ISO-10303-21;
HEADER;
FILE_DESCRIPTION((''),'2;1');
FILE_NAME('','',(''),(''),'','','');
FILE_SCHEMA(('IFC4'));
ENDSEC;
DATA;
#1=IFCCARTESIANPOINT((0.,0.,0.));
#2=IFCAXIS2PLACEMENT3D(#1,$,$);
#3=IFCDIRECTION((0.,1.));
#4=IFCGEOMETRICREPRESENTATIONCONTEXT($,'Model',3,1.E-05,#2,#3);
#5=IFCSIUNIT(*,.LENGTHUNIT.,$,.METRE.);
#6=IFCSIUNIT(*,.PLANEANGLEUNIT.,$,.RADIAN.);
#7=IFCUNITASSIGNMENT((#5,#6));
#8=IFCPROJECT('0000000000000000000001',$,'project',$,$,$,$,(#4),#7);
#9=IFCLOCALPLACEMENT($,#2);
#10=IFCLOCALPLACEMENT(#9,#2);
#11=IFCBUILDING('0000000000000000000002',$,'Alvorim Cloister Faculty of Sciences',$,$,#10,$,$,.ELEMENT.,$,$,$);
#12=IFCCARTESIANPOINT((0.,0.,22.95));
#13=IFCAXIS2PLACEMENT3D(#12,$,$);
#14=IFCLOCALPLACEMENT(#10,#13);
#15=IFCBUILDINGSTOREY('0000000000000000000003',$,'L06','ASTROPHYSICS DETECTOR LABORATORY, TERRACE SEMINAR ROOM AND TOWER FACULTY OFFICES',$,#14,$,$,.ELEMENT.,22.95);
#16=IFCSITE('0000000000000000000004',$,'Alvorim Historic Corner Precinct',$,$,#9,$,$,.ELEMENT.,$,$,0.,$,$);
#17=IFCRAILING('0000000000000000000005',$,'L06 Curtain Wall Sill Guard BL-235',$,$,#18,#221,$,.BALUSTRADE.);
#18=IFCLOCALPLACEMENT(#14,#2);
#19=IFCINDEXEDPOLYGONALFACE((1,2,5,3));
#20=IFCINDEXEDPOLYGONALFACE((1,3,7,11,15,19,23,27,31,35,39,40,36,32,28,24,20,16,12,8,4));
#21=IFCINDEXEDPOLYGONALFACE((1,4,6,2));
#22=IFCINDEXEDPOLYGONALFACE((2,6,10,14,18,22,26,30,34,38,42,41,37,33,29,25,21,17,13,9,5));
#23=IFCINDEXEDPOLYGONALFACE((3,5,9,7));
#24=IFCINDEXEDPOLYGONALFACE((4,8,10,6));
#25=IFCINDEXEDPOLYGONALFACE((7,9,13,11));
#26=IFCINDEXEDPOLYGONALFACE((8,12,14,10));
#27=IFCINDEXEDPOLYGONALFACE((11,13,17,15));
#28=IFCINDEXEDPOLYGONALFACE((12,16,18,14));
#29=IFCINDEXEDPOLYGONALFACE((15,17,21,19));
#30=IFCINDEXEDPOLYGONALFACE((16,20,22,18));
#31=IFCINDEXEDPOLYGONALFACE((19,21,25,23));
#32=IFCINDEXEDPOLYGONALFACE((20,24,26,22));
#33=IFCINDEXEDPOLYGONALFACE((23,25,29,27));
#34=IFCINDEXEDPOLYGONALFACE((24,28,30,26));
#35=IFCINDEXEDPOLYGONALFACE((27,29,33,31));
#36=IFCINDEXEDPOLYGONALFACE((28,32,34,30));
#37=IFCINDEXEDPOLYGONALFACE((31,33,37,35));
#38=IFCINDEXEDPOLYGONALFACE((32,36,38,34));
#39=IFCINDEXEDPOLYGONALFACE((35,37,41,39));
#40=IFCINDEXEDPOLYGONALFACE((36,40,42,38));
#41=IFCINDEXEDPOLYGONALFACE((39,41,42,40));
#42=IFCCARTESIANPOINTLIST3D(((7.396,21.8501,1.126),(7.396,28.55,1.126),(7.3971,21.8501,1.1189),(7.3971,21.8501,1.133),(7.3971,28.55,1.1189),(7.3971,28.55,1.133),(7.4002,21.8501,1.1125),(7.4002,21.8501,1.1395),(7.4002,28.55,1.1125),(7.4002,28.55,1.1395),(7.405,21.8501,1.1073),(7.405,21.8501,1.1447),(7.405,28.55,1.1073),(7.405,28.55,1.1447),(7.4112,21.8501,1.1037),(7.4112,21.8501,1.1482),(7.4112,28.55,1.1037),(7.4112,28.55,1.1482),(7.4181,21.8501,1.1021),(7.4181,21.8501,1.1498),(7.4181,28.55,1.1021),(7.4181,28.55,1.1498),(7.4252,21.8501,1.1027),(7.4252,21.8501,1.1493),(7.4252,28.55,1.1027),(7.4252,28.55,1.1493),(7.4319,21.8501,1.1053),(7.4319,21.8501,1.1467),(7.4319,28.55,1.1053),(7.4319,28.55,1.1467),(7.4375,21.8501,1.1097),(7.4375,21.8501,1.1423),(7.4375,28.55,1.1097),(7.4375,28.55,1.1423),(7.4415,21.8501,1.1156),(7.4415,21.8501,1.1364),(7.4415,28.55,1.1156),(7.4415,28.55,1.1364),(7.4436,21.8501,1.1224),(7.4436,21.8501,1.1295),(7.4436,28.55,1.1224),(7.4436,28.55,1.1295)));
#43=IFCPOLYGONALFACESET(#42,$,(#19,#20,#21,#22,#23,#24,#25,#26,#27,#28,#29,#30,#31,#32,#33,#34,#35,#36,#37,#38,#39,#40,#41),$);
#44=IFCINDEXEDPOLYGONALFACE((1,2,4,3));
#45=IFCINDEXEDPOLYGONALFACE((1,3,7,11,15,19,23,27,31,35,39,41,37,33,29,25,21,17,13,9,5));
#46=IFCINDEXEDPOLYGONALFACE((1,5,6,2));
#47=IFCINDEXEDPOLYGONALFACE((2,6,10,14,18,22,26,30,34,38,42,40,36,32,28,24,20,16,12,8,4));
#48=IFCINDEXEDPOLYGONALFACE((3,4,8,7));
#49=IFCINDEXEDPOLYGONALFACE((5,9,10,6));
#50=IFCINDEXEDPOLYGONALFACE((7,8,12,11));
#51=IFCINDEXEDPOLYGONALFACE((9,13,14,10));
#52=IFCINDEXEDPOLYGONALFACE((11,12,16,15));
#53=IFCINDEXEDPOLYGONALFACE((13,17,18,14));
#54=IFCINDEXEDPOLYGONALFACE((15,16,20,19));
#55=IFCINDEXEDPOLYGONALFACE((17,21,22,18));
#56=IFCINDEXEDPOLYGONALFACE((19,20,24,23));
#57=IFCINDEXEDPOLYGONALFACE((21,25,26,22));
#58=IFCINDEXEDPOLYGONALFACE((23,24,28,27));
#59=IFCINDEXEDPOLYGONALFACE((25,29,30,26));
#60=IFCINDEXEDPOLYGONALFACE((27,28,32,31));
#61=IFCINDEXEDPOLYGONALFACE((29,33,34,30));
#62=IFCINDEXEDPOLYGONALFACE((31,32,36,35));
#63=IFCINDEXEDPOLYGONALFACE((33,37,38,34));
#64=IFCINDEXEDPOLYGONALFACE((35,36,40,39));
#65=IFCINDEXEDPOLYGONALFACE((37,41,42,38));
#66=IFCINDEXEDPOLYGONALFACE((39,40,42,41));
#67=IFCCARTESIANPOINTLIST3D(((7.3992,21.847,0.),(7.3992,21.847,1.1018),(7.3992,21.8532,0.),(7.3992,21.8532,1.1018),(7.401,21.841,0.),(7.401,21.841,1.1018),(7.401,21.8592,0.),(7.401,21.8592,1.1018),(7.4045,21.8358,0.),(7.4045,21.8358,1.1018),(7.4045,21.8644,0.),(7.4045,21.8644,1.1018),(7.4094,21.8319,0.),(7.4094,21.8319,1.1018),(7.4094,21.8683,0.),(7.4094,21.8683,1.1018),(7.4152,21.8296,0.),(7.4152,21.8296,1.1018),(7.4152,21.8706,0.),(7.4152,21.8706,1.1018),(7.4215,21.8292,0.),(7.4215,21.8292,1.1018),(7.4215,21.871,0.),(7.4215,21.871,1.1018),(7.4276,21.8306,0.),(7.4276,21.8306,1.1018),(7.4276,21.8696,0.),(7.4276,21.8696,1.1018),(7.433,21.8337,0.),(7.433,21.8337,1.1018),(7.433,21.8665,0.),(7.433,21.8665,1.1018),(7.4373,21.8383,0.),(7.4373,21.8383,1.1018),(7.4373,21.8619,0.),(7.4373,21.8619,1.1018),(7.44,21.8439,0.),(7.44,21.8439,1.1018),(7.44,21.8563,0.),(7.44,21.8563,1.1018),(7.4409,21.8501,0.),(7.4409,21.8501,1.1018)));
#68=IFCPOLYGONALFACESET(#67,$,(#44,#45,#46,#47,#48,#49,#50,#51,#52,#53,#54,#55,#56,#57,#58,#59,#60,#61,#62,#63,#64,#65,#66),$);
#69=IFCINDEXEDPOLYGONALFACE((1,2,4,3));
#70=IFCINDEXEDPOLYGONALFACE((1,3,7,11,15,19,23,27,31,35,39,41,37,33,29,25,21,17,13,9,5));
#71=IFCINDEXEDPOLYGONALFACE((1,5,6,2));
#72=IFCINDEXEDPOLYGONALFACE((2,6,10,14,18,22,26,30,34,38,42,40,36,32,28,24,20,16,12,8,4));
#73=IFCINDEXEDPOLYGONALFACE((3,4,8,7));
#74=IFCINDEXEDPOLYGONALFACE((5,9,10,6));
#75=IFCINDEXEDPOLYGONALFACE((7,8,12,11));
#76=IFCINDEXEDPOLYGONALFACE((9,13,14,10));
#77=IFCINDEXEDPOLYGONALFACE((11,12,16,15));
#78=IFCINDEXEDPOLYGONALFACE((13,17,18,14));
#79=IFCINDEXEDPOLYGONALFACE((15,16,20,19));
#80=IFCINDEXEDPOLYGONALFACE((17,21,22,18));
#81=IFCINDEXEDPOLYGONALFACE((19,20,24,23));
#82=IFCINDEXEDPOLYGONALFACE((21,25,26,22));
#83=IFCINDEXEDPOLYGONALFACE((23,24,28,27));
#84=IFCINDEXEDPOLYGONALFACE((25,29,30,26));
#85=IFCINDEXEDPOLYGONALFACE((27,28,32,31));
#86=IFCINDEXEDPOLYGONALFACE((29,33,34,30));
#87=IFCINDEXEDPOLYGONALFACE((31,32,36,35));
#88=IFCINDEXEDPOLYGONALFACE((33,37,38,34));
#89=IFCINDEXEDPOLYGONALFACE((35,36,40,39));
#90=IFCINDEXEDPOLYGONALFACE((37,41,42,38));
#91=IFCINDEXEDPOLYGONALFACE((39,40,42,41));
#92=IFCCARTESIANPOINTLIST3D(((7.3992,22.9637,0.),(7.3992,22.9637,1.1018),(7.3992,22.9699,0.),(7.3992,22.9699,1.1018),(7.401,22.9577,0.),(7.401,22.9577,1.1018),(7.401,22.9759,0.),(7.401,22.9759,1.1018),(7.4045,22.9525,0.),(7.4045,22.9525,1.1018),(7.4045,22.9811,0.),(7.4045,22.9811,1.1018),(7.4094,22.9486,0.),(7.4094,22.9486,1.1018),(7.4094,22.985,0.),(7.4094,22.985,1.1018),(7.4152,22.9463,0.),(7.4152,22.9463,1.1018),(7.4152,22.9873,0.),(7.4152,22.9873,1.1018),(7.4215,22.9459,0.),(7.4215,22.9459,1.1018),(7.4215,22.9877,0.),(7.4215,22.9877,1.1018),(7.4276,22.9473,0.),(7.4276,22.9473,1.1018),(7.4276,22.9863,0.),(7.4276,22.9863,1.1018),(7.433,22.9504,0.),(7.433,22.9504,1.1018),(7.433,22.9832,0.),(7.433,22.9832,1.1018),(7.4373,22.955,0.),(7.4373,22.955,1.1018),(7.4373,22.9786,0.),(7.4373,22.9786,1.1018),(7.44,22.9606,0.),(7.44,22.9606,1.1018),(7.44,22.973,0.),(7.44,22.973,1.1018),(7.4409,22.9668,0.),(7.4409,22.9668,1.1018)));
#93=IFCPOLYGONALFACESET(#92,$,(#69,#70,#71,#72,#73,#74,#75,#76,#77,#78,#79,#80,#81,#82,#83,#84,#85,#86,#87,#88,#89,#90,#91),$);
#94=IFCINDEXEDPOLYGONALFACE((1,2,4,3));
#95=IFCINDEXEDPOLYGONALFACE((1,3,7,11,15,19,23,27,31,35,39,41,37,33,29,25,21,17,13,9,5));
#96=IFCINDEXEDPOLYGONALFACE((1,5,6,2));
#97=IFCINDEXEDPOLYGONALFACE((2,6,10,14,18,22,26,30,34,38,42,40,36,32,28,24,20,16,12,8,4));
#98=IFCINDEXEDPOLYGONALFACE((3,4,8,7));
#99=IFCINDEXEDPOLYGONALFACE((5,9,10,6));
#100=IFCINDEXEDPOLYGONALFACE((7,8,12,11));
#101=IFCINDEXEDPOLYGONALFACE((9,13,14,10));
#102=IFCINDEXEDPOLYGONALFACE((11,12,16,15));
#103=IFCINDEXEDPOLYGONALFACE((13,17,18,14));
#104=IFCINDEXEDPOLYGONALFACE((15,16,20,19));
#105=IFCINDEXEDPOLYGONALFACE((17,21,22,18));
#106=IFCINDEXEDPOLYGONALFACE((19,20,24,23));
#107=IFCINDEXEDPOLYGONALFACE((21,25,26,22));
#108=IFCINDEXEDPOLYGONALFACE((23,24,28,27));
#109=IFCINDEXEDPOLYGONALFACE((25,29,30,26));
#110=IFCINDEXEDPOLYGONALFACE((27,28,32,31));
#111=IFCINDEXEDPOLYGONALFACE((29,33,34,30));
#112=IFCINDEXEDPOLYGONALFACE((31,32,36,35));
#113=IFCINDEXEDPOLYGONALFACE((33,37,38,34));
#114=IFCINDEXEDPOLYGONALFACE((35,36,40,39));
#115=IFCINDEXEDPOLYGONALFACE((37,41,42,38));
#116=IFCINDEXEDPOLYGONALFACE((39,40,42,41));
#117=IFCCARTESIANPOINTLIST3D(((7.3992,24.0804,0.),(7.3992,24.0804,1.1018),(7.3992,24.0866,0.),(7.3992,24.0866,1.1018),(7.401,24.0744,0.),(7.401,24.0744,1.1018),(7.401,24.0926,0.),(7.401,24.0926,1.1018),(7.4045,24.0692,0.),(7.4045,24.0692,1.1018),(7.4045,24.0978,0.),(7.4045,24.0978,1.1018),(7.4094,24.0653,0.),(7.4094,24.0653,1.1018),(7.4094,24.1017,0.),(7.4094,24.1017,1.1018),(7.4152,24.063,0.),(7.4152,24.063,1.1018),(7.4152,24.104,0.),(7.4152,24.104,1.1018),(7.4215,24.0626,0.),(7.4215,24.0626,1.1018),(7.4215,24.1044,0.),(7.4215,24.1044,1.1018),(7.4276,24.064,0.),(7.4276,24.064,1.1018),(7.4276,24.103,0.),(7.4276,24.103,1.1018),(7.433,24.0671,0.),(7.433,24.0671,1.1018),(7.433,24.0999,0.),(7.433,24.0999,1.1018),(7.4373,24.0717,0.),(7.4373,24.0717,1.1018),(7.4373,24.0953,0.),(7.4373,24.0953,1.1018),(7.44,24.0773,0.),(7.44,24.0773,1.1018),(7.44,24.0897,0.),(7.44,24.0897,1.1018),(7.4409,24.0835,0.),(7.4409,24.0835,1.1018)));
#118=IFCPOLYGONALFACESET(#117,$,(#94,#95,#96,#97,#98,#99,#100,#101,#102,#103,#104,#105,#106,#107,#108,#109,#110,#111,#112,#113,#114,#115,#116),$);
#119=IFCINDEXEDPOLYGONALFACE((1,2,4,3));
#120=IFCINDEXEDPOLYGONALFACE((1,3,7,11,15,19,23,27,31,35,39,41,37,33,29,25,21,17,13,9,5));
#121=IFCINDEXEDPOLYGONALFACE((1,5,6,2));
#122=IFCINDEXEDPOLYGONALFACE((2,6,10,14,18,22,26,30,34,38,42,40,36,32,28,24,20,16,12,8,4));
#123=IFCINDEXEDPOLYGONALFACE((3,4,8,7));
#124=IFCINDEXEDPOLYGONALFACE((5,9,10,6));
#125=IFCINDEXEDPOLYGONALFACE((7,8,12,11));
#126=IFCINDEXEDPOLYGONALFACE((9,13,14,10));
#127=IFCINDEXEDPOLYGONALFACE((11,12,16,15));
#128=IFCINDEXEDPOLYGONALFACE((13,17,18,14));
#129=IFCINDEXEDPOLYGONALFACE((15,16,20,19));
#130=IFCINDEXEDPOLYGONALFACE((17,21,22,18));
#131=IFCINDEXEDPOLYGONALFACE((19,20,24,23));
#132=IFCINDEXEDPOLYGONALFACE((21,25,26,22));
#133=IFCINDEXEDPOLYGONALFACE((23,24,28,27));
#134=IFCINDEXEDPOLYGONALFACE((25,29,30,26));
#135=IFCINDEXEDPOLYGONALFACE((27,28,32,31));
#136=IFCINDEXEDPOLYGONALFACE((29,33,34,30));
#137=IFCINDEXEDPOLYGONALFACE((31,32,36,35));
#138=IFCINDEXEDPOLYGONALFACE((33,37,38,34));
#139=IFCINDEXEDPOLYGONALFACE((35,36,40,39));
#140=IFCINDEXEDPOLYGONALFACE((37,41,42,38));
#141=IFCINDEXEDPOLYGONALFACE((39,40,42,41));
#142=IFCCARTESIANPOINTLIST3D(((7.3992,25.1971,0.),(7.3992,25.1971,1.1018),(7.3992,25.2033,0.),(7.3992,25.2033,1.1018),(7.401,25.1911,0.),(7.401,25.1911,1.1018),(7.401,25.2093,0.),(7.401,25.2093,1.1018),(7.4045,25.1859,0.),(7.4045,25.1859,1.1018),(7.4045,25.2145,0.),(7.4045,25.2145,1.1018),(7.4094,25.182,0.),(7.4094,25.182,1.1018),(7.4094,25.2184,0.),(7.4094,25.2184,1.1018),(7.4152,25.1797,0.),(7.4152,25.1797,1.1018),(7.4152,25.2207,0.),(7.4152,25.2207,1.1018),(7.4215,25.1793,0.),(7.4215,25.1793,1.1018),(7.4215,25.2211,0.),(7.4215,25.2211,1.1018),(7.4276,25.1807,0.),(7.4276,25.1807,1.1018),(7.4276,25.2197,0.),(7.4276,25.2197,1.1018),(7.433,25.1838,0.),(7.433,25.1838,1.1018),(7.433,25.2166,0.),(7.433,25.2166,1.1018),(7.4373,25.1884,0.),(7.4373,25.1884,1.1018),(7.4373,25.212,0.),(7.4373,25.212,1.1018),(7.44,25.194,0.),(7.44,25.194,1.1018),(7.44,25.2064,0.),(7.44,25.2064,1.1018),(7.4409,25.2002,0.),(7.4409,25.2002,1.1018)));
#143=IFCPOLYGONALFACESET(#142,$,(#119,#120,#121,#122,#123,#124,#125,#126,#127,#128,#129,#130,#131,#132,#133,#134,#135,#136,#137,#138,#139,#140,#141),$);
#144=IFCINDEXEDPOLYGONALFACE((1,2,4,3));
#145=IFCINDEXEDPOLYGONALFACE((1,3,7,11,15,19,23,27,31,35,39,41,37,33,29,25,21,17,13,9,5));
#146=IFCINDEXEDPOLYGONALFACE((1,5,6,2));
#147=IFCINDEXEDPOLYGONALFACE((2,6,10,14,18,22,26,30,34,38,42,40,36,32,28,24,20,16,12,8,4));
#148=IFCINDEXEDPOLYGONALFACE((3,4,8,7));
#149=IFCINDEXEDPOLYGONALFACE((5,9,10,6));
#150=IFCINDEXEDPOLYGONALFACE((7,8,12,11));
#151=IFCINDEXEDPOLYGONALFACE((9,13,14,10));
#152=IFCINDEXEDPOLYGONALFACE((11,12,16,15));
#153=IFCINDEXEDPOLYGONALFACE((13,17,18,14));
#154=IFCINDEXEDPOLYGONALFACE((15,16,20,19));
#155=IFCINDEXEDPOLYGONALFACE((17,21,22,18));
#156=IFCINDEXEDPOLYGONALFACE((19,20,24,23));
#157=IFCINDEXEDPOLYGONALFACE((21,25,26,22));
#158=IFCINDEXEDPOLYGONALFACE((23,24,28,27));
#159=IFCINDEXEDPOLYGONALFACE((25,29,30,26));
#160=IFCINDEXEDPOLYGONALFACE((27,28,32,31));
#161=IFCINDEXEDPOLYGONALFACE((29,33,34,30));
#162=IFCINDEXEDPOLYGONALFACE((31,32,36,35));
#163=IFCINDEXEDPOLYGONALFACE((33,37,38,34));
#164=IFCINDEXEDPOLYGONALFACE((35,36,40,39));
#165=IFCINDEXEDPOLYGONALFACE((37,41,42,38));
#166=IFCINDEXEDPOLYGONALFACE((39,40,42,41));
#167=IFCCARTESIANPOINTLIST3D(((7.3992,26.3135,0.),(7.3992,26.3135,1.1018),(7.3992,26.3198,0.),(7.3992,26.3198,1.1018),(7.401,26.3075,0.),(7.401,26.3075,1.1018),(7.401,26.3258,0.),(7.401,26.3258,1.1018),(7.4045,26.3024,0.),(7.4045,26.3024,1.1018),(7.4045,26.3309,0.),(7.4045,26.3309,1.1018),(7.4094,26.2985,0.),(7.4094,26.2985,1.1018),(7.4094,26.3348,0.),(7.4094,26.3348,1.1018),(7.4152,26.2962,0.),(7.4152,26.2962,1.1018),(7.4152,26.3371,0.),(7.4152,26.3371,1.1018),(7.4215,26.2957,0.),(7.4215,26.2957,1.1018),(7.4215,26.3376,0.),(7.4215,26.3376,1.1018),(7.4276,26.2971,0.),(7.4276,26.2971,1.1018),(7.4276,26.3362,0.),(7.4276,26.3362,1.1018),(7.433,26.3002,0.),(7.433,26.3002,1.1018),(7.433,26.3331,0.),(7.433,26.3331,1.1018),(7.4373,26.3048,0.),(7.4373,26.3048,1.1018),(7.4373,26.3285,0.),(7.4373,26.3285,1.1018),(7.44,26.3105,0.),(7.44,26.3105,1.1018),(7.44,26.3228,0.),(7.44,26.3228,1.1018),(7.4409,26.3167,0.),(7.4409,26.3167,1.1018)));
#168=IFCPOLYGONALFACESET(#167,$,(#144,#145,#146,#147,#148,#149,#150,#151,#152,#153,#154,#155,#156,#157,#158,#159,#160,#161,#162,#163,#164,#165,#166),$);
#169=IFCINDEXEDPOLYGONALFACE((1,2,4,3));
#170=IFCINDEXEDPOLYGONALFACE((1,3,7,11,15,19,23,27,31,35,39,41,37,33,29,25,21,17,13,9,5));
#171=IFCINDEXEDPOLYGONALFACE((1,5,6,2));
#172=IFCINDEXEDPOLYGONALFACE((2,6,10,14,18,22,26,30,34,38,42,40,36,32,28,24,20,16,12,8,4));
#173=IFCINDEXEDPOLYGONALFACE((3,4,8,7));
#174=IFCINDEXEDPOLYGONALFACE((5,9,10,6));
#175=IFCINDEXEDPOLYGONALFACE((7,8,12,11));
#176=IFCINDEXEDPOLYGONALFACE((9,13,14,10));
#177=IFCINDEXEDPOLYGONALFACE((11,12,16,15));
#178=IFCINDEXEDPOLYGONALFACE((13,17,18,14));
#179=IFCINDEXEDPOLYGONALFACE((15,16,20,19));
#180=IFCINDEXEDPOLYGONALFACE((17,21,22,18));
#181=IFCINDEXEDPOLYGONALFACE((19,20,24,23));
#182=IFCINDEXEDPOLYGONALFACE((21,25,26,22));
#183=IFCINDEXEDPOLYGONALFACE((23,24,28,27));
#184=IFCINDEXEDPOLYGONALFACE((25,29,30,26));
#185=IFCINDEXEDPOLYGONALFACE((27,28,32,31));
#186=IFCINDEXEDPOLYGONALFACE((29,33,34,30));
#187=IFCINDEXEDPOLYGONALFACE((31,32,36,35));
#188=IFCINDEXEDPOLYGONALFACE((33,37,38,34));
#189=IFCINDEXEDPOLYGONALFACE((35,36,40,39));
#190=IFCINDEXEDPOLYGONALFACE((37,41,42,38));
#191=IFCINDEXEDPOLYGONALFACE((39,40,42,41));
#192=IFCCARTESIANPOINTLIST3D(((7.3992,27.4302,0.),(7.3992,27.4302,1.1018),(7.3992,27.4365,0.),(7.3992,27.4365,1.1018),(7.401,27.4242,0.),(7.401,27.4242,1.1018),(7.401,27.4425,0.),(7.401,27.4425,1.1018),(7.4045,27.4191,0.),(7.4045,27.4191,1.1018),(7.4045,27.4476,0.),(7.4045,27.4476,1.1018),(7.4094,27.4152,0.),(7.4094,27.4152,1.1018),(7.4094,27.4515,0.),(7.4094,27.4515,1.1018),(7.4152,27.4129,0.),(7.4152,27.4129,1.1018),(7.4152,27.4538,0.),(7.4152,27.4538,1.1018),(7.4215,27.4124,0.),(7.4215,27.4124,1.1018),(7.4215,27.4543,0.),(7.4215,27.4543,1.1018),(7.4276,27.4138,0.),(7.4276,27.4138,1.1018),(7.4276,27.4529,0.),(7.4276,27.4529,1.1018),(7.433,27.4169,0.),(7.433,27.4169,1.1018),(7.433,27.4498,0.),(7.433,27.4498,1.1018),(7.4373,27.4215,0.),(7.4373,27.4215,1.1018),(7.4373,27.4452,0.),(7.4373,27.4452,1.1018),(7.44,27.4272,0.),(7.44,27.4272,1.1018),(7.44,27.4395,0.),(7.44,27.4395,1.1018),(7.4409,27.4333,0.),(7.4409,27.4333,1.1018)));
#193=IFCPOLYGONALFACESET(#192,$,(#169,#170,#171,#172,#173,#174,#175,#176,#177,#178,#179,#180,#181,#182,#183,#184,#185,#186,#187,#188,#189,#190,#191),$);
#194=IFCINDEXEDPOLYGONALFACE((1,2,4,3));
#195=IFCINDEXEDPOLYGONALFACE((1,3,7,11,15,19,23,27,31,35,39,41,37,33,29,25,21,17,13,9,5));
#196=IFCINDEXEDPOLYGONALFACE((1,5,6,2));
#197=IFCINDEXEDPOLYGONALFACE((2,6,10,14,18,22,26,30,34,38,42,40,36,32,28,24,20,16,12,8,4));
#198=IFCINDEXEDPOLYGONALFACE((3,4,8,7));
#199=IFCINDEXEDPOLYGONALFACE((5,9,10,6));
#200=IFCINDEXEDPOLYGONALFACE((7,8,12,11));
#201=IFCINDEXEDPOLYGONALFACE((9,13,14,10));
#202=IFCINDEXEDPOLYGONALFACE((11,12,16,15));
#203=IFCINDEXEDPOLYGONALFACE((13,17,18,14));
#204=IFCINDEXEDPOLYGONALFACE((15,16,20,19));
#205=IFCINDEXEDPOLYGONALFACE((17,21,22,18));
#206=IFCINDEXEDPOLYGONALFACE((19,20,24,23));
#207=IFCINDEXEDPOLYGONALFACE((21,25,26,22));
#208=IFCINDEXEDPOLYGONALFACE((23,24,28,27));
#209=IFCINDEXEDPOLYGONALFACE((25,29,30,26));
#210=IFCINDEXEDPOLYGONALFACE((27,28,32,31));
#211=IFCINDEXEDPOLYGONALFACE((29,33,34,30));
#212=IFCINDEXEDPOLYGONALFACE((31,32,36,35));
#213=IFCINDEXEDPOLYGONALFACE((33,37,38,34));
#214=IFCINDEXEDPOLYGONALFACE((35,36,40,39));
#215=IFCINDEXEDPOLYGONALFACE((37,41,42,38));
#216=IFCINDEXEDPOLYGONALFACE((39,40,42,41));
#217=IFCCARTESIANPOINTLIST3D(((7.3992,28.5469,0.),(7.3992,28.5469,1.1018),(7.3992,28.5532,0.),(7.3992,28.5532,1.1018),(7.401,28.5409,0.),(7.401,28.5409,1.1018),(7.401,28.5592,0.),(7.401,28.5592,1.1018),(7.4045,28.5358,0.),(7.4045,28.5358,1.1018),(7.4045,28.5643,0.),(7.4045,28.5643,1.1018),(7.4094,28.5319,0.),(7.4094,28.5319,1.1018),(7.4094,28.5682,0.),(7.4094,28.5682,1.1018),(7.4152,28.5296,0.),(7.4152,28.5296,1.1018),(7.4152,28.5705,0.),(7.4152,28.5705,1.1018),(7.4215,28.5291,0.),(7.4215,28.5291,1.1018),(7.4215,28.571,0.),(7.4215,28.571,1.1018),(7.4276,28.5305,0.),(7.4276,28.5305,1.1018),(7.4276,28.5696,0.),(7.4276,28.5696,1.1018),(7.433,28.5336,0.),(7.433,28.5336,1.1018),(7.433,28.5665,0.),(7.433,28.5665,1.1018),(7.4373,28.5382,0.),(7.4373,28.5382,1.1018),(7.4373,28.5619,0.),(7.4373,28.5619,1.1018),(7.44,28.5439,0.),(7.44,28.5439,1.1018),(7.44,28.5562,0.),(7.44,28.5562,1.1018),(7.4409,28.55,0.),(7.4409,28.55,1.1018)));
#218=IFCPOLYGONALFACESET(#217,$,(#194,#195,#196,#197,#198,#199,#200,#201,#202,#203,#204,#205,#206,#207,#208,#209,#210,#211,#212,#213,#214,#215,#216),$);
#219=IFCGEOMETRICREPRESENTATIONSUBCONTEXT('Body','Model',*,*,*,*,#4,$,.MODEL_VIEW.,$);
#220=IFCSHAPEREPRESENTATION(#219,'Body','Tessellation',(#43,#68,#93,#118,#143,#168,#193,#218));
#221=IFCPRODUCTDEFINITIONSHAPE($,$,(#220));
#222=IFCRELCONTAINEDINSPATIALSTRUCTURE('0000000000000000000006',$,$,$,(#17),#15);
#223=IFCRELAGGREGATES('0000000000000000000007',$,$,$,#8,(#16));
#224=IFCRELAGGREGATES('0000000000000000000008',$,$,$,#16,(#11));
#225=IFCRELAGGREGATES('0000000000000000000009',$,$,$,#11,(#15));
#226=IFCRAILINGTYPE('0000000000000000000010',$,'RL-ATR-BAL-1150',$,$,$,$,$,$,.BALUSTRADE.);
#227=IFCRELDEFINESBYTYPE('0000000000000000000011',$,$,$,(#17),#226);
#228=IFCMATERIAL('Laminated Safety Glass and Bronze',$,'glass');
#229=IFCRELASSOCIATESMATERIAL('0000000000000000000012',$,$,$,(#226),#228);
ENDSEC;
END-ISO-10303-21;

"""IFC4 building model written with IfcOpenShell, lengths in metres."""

from ifc_helpers import new_model, si_unit, direction, frame, origin, origin_2d, place, context, subcontext, project, spatial, circle, extrude, material, type_object, element, save


model = new_model("IFC4")

# Units and contexts
model_context = context("Model", 3, precision=1e-05, world=origin(), true_north=direction((0.0, 1.0)))
body_context = subcontext(model_context, "Body", "Model", "MODEL_VIEW")
ifc_project = project(units=[si_unit("LENGTHUNIT", "METRE"), si_unit("PLANEANGLEUNIT", "RADIAN")], contexts=[model_context])

# Site, building, storey
site_placement = place(None, origin())
site = spatial("IfcSite", under=ifc_project, at=site_placement, Name="Alvorim Historic Corner Precinct", CompositionType="ELEMENT", RefElevation=0.0)
building_placement = place(site_placement, origin())
building = spatial("IfcBuilding", under=site, at=building_placement, Name="Alvorim Cloister Faculty of Sciences", CompositionType="ELEMENT")
storey_placement = place(building_placement, frame((0.0, 0.0, 22.95)))
storey = spatial("IfcBuildingStorey", under=building, at=storey_placement, Name="L06", Description="ASTROPHYSICS DETECTOR LABORATORY, TERRACE SEMINAR ROOM AND TOWER FACULTY OFFICES", CompositionType="ELEMENT", Elevation=22.95)

# Railing
ifc_material_1 = material(Name="Laminated Safety Glass and Bronze", Category="glass")
railing_type = type_object("IfcRailingType", Name="RL-ATR-BAL-1150", PredefinedType="BALUSTRADE", material=ifc_material_1)
railing_placement = place(storey_placement, frame((7.4199, 21.8501, 0.0)))
element("IfcRailing", 1, at=railing_placement, inside=storey, type_object=railing_type, Name="L06 Curtain Wall Sill Guard BL-235", PredefinedType="BALUSTRADE", context=body_context, shape_type="SweptSolid", body=[
    extrude(circle(Radius=0.0239, at=origin_2d()), frame((0.0, 0.0, 1.126), z_axis=(0.0, 1.0, 0.0), x_axis=(-1.0, 0.0, 0.0)), (0.0, 0.0, 1.0), 6.7),
    extrude(circle(Radius=0.021, at=origin_2d()), origin(), (0.0, 0.0, 1.0), 1.1018),
    extrude(circle(Radius=0.021, at=origin_2d()), frame((0.0, 1.1167, 0.0)), (0.0, 0.0, 1.0), 1.1018),
    extrude(circle(Radius=0.021, at=origin_2d()), frame((0.0, 2.2334, 0.0)), (0.0, 0.0, 1.0), 1.1018),
    extrude(circle(Radius=0.021, at=origin_2d()), frame((0.0, 3.3501, 0.0)), (0.0, 0.0, 1.0), 1.1018),
    extrude(circle(Radius=0.021, at=origin_2d()), frame((0.0, 4.4666, 0.0)), (0.0, 0.0, 1.0), 1.1018),
    extrude(circle(Radius=0.021, at=origin_2d()), frame((0.0, 5.5833, 0.0)), (0.0, 0.0, 1.0), 1.1018),
    extrude(circle(Radius=0.021, at=origin_2d()), frame((0.0, 6.7, 0.0)), (0.0, 0.0, 1.0), 1.1018),
])

save(model, "model.ifc")
